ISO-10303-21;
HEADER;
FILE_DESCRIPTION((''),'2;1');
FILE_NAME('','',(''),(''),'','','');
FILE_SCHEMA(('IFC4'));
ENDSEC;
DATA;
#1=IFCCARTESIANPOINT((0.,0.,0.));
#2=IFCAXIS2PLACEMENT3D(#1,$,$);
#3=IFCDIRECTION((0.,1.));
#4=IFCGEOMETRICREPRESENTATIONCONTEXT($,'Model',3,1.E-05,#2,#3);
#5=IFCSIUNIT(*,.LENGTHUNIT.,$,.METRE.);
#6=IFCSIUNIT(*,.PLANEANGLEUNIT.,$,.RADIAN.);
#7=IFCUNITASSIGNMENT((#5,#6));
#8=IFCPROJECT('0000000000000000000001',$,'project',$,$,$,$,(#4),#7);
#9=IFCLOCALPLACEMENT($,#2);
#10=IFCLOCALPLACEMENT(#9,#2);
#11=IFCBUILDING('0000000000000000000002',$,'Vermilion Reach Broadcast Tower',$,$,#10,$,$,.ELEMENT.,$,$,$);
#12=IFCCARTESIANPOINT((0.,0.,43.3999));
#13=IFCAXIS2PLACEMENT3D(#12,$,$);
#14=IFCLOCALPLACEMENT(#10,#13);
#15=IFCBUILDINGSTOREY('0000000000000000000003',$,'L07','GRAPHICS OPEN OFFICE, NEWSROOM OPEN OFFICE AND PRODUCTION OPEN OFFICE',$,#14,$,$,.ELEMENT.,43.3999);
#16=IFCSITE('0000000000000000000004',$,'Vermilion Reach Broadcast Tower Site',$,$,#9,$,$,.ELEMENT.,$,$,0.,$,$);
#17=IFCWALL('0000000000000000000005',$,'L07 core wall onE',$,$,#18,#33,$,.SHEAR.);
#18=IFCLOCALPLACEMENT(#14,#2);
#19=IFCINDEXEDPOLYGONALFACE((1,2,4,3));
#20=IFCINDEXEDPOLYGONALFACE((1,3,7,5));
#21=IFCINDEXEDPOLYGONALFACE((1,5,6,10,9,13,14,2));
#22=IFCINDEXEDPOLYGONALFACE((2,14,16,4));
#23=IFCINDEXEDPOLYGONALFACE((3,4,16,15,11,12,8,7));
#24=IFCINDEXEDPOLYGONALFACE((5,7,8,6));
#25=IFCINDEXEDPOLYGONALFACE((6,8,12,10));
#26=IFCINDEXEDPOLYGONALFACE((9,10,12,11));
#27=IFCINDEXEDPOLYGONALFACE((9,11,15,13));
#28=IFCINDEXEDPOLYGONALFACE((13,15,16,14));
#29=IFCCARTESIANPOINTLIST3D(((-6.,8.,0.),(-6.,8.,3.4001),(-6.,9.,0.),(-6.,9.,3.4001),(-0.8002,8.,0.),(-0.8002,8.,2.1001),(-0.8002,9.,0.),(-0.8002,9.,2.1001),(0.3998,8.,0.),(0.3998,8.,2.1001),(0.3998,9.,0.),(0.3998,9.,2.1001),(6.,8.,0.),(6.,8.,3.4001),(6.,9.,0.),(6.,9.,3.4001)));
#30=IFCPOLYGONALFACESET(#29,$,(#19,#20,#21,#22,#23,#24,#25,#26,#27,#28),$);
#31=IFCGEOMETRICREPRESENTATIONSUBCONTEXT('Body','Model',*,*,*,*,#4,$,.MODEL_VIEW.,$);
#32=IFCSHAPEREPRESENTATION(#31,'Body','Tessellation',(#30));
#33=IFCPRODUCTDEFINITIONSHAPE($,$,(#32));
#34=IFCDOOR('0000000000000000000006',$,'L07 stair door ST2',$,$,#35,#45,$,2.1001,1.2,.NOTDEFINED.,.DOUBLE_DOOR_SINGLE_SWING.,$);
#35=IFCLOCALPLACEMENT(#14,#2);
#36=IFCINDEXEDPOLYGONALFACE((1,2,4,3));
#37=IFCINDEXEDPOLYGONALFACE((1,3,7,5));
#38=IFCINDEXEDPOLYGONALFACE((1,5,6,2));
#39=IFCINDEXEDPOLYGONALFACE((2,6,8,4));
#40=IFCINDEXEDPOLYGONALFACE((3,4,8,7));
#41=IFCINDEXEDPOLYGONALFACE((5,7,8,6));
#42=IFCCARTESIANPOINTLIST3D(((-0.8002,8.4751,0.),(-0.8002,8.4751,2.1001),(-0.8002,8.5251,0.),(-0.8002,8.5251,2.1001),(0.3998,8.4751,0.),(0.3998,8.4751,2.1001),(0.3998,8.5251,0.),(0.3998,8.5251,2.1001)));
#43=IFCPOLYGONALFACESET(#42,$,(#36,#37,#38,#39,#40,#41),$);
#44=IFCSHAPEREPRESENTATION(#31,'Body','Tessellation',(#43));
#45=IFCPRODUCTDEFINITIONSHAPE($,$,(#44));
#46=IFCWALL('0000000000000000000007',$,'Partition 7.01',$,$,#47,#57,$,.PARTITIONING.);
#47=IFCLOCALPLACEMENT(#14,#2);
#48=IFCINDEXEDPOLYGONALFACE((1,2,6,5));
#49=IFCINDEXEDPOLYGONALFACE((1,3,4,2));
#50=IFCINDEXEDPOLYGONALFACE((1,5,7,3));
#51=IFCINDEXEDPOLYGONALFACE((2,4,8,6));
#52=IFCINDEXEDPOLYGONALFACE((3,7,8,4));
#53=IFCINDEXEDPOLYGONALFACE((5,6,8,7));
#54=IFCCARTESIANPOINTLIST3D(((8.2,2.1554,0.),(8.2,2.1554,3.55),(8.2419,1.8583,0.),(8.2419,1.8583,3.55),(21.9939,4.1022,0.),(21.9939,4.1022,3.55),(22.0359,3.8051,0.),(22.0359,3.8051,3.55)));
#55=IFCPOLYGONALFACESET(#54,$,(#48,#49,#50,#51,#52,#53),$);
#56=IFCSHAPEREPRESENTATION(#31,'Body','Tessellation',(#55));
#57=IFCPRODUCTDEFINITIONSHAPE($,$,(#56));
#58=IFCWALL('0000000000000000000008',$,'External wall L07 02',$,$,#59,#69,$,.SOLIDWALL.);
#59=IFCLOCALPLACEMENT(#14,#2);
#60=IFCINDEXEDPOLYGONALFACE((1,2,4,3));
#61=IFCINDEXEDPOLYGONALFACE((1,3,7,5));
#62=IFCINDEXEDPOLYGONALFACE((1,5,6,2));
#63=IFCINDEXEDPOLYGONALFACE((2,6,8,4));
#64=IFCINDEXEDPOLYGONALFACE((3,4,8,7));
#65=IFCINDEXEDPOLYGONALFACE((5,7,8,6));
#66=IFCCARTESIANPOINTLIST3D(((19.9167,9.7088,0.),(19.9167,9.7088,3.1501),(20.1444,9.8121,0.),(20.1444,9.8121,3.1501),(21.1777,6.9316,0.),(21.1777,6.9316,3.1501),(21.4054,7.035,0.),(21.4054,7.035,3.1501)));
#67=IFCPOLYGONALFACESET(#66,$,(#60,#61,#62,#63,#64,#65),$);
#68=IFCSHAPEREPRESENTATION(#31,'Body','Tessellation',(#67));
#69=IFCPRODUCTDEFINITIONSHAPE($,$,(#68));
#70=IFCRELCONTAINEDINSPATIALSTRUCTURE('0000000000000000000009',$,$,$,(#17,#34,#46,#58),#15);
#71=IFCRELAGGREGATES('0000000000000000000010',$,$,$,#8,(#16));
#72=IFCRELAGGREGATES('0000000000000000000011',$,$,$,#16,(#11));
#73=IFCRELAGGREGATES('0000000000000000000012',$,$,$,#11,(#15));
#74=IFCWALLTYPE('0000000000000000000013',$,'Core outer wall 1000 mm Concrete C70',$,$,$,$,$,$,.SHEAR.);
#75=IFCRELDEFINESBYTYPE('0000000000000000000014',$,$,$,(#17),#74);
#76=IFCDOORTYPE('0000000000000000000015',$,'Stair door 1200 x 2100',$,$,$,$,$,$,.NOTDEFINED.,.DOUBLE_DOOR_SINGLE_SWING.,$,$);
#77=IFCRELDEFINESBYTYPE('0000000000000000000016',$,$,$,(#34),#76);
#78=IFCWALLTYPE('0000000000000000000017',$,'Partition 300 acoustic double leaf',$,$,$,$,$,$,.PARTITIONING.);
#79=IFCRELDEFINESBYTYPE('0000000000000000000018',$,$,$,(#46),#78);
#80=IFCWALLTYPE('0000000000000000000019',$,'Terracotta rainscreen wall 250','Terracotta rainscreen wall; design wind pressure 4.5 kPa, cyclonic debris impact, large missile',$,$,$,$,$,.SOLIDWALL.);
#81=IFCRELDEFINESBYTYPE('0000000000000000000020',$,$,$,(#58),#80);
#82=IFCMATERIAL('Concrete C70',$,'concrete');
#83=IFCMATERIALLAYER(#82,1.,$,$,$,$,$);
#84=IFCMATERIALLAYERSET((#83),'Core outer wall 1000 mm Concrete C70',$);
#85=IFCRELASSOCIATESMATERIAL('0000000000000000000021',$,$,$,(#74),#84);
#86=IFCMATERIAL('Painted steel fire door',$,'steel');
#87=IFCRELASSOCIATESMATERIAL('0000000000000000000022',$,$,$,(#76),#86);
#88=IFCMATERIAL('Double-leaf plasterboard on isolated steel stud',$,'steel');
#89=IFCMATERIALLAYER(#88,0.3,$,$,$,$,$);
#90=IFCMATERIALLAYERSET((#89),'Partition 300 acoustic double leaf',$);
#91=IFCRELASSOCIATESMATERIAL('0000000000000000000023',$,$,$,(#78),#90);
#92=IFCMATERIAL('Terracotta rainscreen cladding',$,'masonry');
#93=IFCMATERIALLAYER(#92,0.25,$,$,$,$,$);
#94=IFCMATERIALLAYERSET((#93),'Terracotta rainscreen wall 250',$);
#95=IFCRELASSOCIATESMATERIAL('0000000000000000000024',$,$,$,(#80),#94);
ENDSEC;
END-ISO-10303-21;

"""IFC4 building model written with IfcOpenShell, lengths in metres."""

from ifc_helpers import new_model, si_unit, direction, frame, frame_2d, origin, place, context, subcontext, project, spatial, rectangle, extrude, material, layer, layer_set, type_object, element, fill, save


model = new_model("IFC4")

# Units and contexts
model_context = context("Model", 3, precision=1e-05, world=origin(), true_north=direction((0.0, 1.0)))
body_context = subcontext(model_context, "Body", "Model", "MODEL_VIEW")
ifc_project = project(units=[si_unit("LENGTHUNIT", "METRE"), si_unit("PLANEANGLEUNIT", "RADIAN")], contexts=[model_context])

# Site, building, storey
site_placement = place(None, origin())
site = spatial("IfcSite", under=ifc_project, at=site_placement, Name="Vermilion Reach Broadcast Tower Site", CompositionType="ELEMENT", RefElevation=0.0)
building_placement = place(site_placement, origin())
building = spatial("IfcBuilding", under=site, at=building_placement, Name="Vermilion Reach Broadcast Tower", CompositionType="ELEMENT")
storey_placement = place(building_placement, frame((0.0, 0.0, 43.3999)))
storey = spatial("IfcBuildingStorey", under=building, at=storey_placement, Name="L07", Description="GRAPHICS OPEN OFFICE, NEWSROOM OPEN OFFICE AND PRODUCTION OPEN OFFICE", CompositionType="ELEMENT", Elevation=43.3999)

# Wall, opening, door
ifc_material_1 = material(Name="Concrete C70", Category="concrete")
ifc_layer_1 = layer(ifc_material_1, 1.0)
ifc_layer_set_1 = layer_set([ifc_layer_1], Name="Core outer wall 1000 mm Concrete C70")
wall_type_1 = type_object("IfcWallType", Name="Core outer wall 1000 mm Concrete C70", PredefinedType="SHEAR", material=ifc_layer_set_1)
wall_1_placement = place(storey_placement, frame((6.0, 8.5, 0.0), z_axis=(0.0, 0.0, 1.0), x_axis=(-1.0, 0.0, 0.0)))
wall_1 = element("IfcWall", 1, at=wall_1_placement, inside=storey, type_object=wall_type_1, Name="L07 core wall onE", PredefinedType="SHEAR", context=body_context, shape_type="SweptSolid", body=[
    extrude(rectangle(XDim=12.0, YDim=1.0, at=frame_2d((6.0, 0.0))), origin(), (0.0, 0.0, 1.0), 3.4001),
])
opening_placement = place(wall_1_placement, frame((5.6001, 0.0, 0.0)))
opening = element("IfcOpeningElement", 2, at=opening_placement, cuts=wall_1, PredefinedType="OPENING", context=body_context, shape_type="SweptSolid", body=[
    extrude(rectangle(XDim=1.2, YDim=2.1001, at=frame_2d((0.6001, 1.05))), frame((0.0, 0.51, 0.0), z_axis=(0.0, -1.0, 0.0), x_axis=(1.0, 0.0, 0.0)), (0.0, 0.0, 1.0), 1.02),
])
ifc_material_2 = material(Name="Painted steel fire door", Category="steel")
door_type = type_object("IfcDoorType", Name="Stair door 1200 x 2100", OperationType="DOUBLE_DOOR_SINGLE_SWING", PredefinedType="NOTDEFINED", material=ifc_material_2)
door_placement = place(opening_placement, origin())
door = element("IfcDoor", 3, at=door_placement, inside=storey, type_object=door_type, Name="L07 stair door ST2", OperationType="DOUBLE_DOOR_SINGLE_SWING", OverallHeight=2.1001, OverallWidth=1.2, PredefinedType="NOTDEFINED", context=body_context, shape_type="SweptSolid", body=[
    extrude(rectangle(XDim=1.2, YDim=2.1001, at=frame_2d((0.6001, 1.05))), frame((0.0, 0.0249, 0.0), z_axis=(0.0, -1.0, 0.0), x_axis=(1.0, 0.0, 0.0)), (0.0, 0.0, 1.0), 0.05),
])
fill(opening, door)

# Walls
ifc_material_3 = material(Name="Double-leaf plasterboard on isolated steel stud", Category="steel")
ifc_layer_2 = layer(ifc_material_3, 0.3)
ifc_layer_set_2 = layer_set([ifc_layer_2], Name="Partition 300 acoustic double leaf")
wall_type_2 = type_object("IfcWallType", Name="Partition 300 acoustic double leaf", PredefinedType="PARTITIONING", material=ifc_layer_set_2)
wall_2_placement = place(storey_placement, frame((22.0149, 3.9536, 0.0), z_axis=(0.0, 0.0, 1.0), x_axis=(-0.990187, -0.139748, 0.0)))
element("IfcWall", 4, at=wall_2_placement, inside=storey, type_object=wall_type_2, Name="Partition 7.01", PredefinedType="PARTITIONING", context=body_context, shape_type="SweptSolid", body=[
    extrude(rectangle(XDim=13.9307, YDim=0.3, at=frame_2d((6.9653, 0.0))), origin(), (0.0, 0.0, 1.0), 3.55),
])
ifc_material_4 = material(Name="Terracotta rainscreen cladding", Category="masonry")
ifc_layer_3 = layer(ifc_material_4, 0.25)
ifc_layer_set_3 = layer_set([ifc_layer_3], Name="Terracotta rainscreen wall 250")
wall_type_3 = type_object("IfcWallType", Name="Terracotta rainscreen wall 250", Description="Terracotta rainscreen wall; design wind pressure 4.5 kPa, cyclonic debris impact, large missile", PredefinedType="SOLIDWALL", material=ifc_layer_set_3)
wall_3_placement = place(storey_placement, frame((21.2915, 6.9834, 0.0), z_axis=(0.0, 0.0, 1.0), x_axis=(-0.413441, 0.910531, 0.0)))
element("IfcWall", 5, at=wall_3_placement, inside=storey, type_object=wall_type_3, Name="External wall L07 02", PredefinedType="SOLIDWALL", context=body_context, shape_type="SweptSolid", body=[
    extrude(rectangle(XDim=3.05, YDim=0.25, at=frame_2d((1.5249, 0.0))), origin(), (0.0, 0.0, 1.0), 3.1501),
])

save(model, "model.ifc")
